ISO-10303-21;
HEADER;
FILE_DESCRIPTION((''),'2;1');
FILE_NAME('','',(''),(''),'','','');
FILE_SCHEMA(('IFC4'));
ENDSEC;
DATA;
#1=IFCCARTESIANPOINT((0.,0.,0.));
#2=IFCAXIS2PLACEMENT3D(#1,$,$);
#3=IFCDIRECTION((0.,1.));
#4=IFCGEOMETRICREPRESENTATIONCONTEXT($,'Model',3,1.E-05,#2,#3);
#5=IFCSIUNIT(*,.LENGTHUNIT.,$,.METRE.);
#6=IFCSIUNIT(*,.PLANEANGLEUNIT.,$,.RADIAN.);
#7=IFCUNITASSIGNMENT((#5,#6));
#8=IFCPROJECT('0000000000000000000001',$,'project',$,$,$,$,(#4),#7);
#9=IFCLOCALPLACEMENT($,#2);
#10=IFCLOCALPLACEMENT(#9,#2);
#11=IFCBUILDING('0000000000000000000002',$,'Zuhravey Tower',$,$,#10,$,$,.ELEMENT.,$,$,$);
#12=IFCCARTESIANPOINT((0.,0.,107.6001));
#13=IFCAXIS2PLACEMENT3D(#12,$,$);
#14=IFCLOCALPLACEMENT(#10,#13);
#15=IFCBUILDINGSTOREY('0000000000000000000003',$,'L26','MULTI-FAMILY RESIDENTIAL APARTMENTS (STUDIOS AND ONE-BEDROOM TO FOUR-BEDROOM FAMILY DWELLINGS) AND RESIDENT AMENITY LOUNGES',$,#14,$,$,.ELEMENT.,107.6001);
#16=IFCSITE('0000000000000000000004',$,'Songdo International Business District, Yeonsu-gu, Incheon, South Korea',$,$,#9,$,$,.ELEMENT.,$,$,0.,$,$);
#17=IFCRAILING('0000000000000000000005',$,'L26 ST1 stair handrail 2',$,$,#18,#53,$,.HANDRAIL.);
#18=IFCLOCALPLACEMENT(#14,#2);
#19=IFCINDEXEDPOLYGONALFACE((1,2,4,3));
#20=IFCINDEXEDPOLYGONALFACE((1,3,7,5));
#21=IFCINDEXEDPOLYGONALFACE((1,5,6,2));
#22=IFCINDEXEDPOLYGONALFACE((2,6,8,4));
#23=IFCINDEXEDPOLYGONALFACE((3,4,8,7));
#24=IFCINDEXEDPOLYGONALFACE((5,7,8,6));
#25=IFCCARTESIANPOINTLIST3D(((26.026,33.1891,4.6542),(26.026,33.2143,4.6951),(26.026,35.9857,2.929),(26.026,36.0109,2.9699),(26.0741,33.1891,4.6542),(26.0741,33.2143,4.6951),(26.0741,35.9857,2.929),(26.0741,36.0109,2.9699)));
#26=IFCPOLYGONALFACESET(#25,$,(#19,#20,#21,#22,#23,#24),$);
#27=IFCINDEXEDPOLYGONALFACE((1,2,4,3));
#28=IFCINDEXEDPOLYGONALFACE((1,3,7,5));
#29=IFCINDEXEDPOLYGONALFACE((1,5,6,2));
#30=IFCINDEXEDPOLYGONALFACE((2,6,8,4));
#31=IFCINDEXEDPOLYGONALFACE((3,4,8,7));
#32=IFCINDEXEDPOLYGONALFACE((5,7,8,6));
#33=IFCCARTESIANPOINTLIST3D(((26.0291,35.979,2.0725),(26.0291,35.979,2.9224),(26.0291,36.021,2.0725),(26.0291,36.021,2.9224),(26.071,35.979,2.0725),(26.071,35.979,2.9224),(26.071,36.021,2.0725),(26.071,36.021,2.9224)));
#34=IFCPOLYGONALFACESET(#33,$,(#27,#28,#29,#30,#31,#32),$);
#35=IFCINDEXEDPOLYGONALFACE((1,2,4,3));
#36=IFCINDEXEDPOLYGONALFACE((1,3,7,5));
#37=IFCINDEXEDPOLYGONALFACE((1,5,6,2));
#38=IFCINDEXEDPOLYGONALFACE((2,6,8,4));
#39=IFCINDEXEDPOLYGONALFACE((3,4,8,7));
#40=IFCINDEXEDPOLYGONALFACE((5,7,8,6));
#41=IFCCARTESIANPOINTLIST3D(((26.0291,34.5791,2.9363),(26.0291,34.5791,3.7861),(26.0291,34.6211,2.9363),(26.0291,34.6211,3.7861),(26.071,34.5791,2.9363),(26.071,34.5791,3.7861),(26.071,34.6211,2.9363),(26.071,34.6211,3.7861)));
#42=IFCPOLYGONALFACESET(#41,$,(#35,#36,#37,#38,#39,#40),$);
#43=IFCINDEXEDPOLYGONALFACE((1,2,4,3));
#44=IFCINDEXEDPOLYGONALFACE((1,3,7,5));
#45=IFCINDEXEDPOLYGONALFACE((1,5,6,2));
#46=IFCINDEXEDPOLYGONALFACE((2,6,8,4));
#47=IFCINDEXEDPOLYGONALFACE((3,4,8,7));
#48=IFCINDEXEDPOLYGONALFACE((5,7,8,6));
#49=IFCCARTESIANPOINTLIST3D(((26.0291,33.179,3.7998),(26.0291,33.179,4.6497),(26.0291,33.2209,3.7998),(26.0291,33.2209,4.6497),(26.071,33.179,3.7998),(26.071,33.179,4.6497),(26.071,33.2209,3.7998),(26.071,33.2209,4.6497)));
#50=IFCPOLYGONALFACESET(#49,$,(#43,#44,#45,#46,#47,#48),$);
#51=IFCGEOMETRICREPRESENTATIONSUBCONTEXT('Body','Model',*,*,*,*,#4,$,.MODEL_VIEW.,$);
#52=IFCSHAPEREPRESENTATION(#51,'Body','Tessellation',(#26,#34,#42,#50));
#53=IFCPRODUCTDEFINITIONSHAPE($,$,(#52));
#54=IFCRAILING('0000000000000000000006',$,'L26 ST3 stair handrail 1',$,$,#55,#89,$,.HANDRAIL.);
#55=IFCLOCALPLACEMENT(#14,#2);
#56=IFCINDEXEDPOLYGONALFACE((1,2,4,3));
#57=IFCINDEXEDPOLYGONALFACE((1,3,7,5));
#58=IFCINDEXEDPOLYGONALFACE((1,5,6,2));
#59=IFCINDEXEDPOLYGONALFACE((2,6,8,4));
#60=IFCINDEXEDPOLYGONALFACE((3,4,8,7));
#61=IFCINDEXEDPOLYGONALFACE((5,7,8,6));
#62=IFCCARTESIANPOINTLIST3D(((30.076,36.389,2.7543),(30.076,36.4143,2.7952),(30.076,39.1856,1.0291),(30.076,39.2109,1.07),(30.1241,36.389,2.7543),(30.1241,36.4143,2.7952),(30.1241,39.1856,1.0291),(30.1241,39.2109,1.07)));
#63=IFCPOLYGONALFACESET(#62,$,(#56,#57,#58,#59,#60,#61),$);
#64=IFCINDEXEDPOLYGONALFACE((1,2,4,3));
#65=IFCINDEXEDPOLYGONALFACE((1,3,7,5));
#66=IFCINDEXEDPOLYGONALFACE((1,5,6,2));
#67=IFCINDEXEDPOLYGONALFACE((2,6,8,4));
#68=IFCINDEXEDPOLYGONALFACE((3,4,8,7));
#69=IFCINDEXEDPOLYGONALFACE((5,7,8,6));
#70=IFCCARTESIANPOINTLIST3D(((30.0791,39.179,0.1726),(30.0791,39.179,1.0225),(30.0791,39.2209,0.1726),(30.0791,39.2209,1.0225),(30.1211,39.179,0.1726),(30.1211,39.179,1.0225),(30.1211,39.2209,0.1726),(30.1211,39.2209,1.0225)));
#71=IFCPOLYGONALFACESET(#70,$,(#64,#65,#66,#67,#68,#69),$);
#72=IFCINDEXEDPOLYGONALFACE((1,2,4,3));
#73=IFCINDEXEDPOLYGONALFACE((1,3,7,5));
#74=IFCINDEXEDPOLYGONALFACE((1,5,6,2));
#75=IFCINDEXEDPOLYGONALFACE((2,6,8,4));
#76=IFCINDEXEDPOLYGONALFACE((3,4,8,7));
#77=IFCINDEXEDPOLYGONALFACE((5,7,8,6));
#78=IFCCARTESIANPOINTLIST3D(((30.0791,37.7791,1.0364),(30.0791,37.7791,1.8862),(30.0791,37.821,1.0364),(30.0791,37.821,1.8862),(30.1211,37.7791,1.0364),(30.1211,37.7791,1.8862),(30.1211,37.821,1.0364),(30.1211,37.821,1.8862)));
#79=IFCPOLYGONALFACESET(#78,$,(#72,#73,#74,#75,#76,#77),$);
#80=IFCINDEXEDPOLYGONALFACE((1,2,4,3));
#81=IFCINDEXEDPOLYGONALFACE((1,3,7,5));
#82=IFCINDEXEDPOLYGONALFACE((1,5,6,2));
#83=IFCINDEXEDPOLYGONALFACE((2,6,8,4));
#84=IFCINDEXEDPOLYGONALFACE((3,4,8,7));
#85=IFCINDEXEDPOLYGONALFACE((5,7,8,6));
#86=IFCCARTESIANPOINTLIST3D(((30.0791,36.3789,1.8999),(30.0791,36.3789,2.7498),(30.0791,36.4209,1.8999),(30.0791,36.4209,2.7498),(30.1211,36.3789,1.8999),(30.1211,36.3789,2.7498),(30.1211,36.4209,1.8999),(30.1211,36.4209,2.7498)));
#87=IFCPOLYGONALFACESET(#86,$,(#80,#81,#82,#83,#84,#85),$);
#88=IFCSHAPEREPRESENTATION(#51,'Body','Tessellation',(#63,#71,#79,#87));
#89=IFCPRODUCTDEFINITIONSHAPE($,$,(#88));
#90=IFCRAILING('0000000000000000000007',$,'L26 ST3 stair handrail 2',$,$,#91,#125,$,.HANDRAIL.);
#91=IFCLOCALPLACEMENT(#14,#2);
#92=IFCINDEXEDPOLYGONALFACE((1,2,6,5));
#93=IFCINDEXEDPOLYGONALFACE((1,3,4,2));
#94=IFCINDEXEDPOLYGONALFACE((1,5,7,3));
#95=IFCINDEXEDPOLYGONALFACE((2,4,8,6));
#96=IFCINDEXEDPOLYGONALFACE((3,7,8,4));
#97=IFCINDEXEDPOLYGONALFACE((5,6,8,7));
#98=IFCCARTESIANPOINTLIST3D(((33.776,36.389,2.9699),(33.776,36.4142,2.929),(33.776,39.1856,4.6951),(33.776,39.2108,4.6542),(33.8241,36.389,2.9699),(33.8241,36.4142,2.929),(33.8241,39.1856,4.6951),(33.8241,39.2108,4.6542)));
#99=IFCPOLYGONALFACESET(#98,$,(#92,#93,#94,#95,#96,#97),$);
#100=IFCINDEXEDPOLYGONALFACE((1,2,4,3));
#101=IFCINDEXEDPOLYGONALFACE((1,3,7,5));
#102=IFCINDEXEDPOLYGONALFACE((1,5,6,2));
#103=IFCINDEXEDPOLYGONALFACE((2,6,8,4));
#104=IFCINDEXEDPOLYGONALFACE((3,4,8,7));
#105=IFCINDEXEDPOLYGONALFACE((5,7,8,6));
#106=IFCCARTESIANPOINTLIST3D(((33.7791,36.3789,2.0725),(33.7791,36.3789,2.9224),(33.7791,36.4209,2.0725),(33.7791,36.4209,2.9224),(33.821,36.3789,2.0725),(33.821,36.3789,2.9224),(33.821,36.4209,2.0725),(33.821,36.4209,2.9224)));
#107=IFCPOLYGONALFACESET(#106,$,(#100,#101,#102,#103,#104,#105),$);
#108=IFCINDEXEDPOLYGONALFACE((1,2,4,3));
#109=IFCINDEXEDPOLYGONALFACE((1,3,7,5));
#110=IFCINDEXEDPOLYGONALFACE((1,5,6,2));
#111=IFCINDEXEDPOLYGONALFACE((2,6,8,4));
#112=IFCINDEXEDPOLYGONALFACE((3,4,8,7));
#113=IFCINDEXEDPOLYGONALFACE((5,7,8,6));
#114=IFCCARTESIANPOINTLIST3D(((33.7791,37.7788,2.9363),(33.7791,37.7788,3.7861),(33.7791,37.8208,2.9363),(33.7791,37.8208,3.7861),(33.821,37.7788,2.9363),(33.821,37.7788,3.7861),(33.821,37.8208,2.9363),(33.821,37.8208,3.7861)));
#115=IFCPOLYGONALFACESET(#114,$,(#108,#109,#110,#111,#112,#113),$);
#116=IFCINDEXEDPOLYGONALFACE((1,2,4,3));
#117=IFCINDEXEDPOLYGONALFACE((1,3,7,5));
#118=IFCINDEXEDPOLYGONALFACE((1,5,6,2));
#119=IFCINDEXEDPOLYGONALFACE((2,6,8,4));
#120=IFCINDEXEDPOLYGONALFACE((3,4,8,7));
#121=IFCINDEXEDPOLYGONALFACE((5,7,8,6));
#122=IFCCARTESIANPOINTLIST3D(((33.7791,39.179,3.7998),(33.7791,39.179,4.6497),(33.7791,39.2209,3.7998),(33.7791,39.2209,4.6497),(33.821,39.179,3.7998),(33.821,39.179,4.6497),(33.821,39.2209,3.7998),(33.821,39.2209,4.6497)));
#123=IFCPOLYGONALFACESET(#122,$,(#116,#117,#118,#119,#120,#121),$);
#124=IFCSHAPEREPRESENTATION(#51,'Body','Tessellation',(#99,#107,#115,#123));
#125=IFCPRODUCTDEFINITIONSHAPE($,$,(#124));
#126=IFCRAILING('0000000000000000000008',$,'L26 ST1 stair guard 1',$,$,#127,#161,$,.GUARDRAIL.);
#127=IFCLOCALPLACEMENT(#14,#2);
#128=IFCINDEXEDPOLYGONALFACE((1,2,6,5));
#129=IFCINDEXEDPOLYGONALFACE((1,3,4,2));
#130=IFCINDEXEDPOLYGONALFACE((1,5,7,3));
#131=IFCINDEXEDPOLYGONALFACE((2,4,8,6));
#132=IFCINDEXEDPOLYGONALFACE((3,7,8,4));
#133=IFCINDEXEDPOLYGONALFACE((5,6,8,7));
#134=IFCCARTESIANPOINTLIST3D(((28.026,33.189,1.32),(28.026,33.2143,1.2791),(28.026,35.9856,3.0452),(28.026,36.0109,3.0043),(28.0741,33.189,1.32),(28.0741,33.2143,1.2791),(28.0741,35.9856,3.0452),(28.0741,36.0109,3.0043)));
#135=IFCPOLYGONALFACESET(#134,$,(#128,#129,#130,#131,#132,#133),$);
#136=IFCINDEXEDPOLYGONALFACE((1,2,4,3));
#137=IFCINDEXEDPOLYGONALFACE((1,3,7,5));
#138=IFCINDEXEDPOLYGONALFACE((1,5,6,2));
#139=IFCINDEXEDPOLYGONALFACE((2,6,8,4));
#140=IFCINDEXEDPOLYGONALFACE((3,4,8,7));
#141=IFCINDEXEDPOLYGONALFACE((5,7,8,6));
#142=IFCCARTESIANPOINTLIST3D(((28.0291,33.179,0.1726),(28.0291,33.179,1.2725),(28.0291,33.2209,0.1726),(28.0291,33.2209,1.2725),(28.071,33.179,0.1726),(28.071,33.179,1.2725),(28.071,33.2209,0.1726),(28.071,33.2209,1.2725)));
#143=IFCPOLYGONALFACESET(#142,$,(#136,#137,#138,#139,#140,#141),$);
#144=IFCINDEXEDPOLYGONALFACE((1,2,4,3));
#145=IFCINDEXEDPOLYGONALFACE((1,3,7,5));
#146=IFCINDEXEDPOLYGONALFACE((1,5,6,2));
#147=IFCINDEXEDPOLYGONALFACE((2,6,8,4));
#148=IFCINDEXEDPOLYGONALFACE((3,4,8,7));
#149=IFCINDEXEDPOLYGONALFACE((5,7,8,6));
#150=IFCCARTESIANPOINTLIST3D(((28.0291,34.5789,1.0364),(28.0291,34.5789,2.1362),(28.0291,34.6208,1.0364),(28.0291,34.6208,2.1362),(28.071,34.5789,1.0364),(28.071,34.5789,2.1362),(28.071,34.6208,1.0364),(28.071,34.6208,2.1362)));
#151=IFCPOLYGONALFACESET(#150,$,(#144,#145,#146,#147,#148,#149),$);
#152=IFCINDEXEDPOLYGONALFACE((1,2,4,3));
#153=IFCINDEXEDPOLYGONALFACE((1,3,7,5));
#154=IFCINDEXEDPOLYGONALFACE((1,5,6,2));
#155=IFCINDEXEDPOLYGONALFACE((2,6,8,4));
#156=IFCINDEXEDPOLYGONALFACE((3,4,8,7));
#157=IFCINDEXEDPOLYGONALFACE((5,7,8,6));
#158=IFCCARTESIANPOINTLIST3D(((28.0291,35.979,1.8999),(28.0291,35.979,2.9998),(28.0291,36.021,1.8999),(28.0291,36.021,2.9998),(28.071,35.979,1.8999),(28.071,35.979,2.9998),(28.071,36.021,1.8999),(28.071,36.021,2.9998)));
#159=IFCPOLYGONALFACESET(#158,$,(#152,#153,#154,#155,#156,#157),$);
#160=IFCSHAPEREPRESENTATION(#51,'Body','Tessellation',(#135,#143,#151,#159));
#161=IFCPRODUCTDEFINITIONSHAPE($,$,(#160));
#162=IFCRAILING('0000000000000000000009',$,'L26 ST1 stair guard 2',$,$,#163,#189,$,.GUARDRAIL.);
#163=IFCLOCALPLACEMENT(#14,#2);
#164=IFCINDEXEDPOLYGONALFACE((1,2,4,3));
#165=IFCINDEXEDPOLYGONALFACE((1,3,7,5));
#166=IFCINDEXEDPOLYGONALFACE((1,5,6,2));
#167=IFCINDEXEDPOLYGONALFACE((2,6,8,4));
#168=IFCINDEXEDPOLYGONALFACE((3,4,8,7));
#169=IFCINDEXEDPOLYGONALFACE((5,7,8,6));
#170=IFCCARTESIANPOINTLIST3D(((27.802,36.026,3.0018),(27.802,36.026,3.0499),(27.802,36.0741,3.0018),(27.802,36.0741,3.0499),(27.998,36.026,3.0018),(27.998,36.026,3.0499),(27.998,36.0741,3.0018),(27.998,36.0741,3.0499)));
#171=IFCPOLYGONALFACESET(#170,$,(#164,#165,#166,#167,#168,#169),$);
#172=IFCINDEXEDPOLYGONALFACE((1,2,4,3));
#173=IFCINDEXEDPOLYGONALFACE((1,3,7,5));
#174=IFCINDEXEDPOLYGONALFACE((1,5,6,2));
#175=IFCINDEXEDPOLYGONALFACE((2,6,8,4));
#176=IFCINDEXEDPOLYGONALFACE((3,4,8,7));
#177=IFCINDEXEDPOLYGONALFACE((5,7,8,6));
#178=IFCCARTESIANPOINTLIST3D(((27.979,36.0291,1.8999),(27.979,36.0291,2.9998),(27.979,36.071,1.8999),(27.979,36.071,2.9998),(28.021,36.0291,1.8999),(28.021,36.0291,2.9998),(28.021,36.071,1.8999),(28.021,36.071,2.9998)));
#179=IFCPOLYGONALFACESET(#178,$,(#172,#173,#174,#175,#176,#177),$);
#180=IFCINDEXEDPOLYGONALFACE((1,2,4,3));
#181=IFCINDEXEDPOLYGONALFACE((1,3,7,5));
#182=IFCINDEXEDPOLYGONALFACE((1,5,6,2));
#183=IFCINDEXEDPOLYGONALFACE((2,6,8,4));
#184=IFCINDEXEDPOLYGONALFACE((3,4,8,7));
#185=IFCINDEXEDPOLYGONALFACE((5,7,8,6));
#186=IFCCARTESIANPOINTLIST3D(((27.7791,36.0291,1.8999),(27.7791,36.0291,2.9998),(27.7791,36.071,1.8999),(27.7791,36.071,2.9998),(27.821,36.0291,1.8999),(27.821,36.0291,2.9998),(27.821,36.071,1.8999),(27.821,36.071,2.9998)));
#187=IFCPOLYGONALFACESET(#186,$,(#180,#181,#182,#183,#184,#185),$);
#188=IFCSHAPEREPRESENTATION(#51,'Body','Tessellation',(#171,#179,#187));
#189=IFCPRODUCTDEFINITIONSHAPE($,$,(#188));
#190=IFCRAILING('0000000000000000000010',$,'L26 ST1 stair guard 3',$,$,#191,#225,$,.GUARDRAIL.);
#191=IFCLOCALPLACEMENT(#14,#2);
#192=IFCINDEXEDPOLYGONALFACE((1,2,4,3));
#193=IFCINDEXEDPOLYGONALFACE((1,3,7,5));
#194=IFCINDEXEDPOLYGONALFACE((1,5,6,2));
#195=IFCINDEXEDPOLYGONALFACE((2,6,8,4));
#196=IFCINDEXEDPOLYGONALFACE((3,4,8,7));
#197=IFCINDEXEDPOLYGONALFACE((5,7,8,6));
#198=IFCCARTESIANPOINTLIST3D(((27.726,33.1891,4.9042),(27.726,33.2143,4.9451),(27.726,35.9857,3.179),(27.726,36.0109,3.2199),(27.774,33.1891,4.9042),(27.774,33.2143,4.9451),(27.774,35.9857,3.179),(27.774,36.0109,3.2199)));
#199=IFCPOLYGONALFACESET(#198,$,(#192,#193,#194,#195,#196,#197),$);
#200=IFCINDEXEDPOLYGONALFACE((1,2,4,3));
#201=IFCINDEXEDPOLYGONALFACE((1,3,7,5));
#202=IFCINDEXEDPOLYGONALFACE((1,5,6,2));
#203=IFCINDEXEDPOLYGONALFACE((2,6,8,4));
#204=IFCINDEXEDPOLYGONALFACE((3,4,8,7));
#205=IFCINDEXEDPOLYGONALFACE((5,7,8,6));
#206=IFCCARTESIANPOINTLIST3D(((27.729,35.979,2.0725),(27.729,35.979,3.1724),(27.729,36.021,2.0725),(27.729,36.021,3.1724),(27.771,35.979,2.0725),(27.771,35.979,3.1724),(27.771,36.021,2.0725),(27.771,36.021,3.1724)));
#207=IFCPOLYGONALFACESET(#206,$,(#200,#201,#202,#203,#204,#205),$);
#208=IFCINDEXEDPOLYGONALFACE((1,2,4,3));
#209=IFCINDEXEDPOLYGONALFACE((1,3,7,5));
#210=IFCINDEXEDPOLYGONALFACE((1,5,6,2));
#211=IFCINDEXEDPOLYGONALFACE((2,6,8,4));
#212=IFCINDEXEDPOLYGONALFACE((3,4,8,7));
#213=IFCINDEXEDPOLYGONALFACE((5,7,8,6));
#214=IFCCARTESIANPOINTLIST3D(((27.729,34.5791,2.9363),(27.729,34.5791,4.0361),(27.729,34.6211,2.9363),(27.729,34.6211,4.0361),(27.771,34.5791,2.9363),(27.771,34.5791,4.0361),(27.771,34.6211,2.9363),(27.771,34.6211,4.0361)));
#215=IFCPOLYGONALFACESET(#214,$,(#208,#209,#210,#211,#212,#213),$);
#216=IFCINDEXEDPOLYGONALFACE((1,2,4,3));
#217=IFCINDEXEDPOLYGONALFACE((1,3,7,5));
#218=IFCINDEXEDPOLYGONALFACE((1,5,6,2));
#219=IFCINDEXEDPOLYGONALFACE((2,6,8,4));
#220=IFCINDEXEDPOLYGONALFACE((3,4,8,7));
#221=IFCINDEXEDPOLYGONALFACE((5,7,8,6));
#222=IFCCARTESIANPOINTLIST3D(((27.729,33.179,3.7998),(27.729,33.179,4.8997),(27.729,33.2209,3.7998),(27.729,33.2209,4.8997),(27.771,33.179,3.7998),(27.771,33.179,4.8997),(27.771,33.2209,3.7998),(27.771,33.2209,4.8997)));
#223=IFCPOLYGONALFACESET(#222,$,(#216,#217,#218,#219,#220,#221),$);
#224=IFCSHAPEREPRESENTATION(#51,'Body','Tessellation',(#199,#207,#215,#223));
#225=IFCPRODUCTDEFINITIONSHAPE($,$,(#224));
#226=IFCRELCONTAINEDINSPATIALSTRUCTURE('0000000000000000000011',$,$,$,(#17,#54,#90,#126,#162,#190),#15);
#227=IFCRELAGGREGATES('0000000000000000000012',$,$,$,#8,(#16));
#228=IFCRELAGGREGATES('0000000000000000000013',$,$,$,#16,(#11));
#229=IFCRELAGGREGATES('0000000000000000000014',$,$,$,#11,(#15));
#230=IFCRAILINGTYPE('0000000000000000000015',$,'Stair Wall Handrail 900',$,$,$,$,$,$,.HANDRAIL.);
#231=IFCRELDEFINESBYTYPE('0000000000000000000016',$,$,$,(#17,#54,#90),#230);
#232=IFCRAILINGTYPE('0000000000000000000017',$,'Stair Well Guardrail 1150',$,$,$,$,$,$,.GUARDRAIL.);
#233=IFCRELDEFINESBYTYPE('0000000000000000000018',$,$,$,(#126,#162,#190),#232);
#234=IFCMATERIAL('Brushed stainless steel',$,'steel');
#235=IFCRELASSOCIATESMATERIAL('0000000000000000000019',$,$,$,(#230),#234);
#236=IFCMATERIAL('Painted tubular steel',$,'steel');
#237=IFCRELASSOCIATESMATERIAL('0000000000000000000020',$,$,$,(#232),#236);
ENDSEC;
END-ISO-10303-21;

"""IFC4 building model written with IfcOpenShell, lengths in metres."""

from ifc_helpers import new_model, si_unit, direction, frame, origin, origin_2d, place, context, subcontext, project, spatial, rectangle, extrude, material, type_object, element, save


model = new_model("IFC4")

# Units and contexts
model_context = context("Model", 3, precision=1e-05, world=origin(), true_north=direction((0.0, 1.0)))
body_context = subcontext(model_context, "Body", "Model", "MODEL_VIEW")
ifc_project = project(units=[si_unit("LENGTHUNIT", "METRE"), si_unit("PLANEANGLEUNIT", "RADIAN")], contexts=[model_context])

# Site, building, storey
site_placement = place(None, origin())
site = spatial("IfcSite", under=ifc_project, at=site_placement, Name="Songdo International Business District, Yeonsu-gu, Incheon, South Korea", CompositionType="ELEMENT", RefElevation=0.0)
building_placement = place(site_placement, origin())
building = spatial("IfcBuilding", under=site, at=building_placement, Name="Zuhravey Tower", CompositionType="ELEMENT")
storey_placement = place(building_placement, frame((0.0, 0.0, 107.6001)))
storey = spatial("IfcBuildingStorey", under=building, at=storey_placement, Name="L26", Description="MULTI-FAMILY RESIDENTIAL APARTMENTS (STUDIOS AND ONE-BEDROOM TO FOUR-BEDROOM FAMILY DWELLINGS) AND RESIDENT AMENITY LOUNGES", CompositionType="ELEMENT", Elevation=107.6001)

# Railings
ifc_material_1 = material(Name="Brushed stainless steel", Category="steel")
railing_type_1 = type_object("IfcRailingType", Name="Stair Wall Handrail 900", PredefinedType="HANDRAIL", material=ifc_material_1)
for number, where, name in (
    (1, (26.05, 36.0, 2.0725), "L26 ST1 stair handrail 2"),
    (2, (30.1001, 39.2, 0.1726), "L26 ST3 stair handrail 1"),
):
    element("IfcRailing", number, at=place(storey_placement, frame(where)), inside=storey, type_object=railing_type_1, Name=name, PredefinedType="HANDRAIL", context=body_context, shape_type="SweptSolid", body=[
        extrude(rectangle(XDim=0.0481, YDim=0.0481, at=origin_2d()), frame((0.0, -0.0017, 0.877), z_axis=(0.0, -0.85109, 0.52502), x_axis=(1.0, 0.0, 0.0)), (0.0, 0.0, 1.0), 3.2859),
        extrude(rectangle(XDim=0.042, YDim=0.042, at=origin_2d()), origin(), (0.0, 0.0, 1.0), 0.8499),
        extrude(rectangle(XDim=0.042, YDim=0.042, at=origin_2d()), frame((0.0, -1.3999, 0.8638)), (0.0, 0.0, 1.0), 0.8499),
        extrude(rectangle(XDim=0.042, YDim=0.042, at=origin_2d()), frame((0.0, -2.8, 1.7273)), (0.0, 0.0, 1.0), 0.8499),
    ])
railing_1_placement = place(storey_placement, frame((33.8, 36.3999, 2.0725)))
element("IfcRailing", 3, at=railing_1_placement, inside=storey, type_object=railing_type_1, Name="L26 ST3 stair handrail 2", PredefinedType="HANDRAIL", context=body_context, shape_type="SweptSolid", body=[
    extrude(rectangle(XDim=0.0481, YDim=0.0481, at=origin_2d()), frame((0.0, 0.0017, 0.877), z_axis=(0.0, 0.85109, 0.52502), x_axis=(-1.0, 0.0, 0.0)), (0.0, 0.0, 1.0), 3.2859),
    extrude(rectangle(XDim=0.042, YDim=0.042, at=origin_2d()), origin(), (0.0, 0.0, 1.0), 0.8499),
    extrude(rectangle(XDim=0.042, YDim=0.042, at=origin_2d()), frame((0.0, 1.3999, 0.8638)), (0.0, 0.0, 1.0), 0.8499),
    extrude(rectangle(XDim=0.042, YDim=0.042, at=origin_2d()), frame((0.0, 2.8, 1.7273)), (0.0, 0.0, 1.0), 0.8499),
])
ifc_material_2 = material(Name="Painted tubular steel", Category="steel")
railing_type_2 = type_object("IfcRailingType", Name="Stair Well Guardrail 1150", PredefinedType="GUARDRAIL", material=ifc_material_2)
railing_2_placement = place(storey_placement, frame((28.05, 33.2, 0.1726)))
element("IfcRailing", 4, at=railing_2_placement, inside=storey, type_object=railing_type_2, Name="L26 ST1 stair guard 1", PredefinedType="GUARDRAIL", context=body_context, shape_type="SweptSolid", body=[
    extrude(rectangle(XDim=0.0481, YDim=0.0481, at=origin_2d()), frame((0.0, 0.0017, 1.127), z_axis=(0.0, 0.85109, 0.52502), x_axis=(-1.0, 0.0, 0.0)), (0.0, 0.0, 1.0), 3.2859),
    extrude(rectangle(XDim=0.042, YDim=0.042, at=origin_2d()), origin(), (0.0, 0.0, 1.0), 1.0999),
    extrude(rectangle(XDim=0.042, YDim=0.042, at=origin_2d()), frame((0.0, 1.3999, 0.8638)), (0.0, 0.0, 1.0), 1.0999),
    extrude(rectangle(XDim=0.042, YDim=0.042, at=origin_2d()), frame((0.0, 2.8, 1.7273)), (0.0, 0.0, 1.0), 1.0999),
])
railing_3_placement = place(storey_placement, frame((28.0, 36.05, 1.8999)))
element("IfcRailing", 5, at=railing_3_placement, inside=storey, type_object=railing_type_2, Name="L26 ST1 stair guard 2", PredefinedType="GUARDRAIL", context=body_context, shape_type="SweptSolid", body=[
    extrude(rectangle(XDim=0.0481, YDim=0.0481, at=origin_2d()), frame((-0.002, 0.0, 1.126), z_axis=(-1.0, 0.0, 0.0), x_axis=(0.0, -1.0, 0.0)), (0.0, 0.0, 1.0), 0.196),
    extrude(rectangle(XDim=0.042, YDim=0.042, at=origin_2d()), origin(), (0.0, 0.0, 1.0), 1.0999),
    extrude(rectangle(XDim=0.042, YDim=0.042, at=origin_2d()), frame((-0.2, 0.0, 0.0)), (0.0, 0.0, 1.0), 1.0999),
])
railing_4_placement = place(storey_placement, frame((27.75, 36.0, 2.0725)))
element("IfcRailing", 6, at=railing_4_placement, inside=storey, type_object=railing_type_2, Name="L26 ST1 stair guard 3", PredefinedType="GUARDRAIL", context=body_context, shape_type="SweptSolid", body=[
    extrude(rectangle(XDim=0.0481, YDim=0.0481, at=origin_2d()), frame((0.0, -0.0017, 1.127), z_axis=(0.0, -0.85109, 0.52502), x_axis=(1.0, 0.0, 0.0)), (0.0, 0.0, 1.0), 3.2859),
    extrude(rectangle(XDim=0.042, YDim=0.042, at=origin_2d()), origin(), (0.0, 0.0, 1.0), 1.0999),
    extrude(rectangle(XDim=0.042, YDim=0.042, at=origin_2d()), frame((0.0, -1.3999, 0.8638)), (0.0, 0.0, 1.0), 1.0999),
    extrude(rectangle(XDim=0.042, YDim=0.042, at=origin_2d()), frame((0.0, -2.8, 1.7273)), (0.0, 0.0, 1.0), 1.0999),
])

save(model, "model.ifc")
